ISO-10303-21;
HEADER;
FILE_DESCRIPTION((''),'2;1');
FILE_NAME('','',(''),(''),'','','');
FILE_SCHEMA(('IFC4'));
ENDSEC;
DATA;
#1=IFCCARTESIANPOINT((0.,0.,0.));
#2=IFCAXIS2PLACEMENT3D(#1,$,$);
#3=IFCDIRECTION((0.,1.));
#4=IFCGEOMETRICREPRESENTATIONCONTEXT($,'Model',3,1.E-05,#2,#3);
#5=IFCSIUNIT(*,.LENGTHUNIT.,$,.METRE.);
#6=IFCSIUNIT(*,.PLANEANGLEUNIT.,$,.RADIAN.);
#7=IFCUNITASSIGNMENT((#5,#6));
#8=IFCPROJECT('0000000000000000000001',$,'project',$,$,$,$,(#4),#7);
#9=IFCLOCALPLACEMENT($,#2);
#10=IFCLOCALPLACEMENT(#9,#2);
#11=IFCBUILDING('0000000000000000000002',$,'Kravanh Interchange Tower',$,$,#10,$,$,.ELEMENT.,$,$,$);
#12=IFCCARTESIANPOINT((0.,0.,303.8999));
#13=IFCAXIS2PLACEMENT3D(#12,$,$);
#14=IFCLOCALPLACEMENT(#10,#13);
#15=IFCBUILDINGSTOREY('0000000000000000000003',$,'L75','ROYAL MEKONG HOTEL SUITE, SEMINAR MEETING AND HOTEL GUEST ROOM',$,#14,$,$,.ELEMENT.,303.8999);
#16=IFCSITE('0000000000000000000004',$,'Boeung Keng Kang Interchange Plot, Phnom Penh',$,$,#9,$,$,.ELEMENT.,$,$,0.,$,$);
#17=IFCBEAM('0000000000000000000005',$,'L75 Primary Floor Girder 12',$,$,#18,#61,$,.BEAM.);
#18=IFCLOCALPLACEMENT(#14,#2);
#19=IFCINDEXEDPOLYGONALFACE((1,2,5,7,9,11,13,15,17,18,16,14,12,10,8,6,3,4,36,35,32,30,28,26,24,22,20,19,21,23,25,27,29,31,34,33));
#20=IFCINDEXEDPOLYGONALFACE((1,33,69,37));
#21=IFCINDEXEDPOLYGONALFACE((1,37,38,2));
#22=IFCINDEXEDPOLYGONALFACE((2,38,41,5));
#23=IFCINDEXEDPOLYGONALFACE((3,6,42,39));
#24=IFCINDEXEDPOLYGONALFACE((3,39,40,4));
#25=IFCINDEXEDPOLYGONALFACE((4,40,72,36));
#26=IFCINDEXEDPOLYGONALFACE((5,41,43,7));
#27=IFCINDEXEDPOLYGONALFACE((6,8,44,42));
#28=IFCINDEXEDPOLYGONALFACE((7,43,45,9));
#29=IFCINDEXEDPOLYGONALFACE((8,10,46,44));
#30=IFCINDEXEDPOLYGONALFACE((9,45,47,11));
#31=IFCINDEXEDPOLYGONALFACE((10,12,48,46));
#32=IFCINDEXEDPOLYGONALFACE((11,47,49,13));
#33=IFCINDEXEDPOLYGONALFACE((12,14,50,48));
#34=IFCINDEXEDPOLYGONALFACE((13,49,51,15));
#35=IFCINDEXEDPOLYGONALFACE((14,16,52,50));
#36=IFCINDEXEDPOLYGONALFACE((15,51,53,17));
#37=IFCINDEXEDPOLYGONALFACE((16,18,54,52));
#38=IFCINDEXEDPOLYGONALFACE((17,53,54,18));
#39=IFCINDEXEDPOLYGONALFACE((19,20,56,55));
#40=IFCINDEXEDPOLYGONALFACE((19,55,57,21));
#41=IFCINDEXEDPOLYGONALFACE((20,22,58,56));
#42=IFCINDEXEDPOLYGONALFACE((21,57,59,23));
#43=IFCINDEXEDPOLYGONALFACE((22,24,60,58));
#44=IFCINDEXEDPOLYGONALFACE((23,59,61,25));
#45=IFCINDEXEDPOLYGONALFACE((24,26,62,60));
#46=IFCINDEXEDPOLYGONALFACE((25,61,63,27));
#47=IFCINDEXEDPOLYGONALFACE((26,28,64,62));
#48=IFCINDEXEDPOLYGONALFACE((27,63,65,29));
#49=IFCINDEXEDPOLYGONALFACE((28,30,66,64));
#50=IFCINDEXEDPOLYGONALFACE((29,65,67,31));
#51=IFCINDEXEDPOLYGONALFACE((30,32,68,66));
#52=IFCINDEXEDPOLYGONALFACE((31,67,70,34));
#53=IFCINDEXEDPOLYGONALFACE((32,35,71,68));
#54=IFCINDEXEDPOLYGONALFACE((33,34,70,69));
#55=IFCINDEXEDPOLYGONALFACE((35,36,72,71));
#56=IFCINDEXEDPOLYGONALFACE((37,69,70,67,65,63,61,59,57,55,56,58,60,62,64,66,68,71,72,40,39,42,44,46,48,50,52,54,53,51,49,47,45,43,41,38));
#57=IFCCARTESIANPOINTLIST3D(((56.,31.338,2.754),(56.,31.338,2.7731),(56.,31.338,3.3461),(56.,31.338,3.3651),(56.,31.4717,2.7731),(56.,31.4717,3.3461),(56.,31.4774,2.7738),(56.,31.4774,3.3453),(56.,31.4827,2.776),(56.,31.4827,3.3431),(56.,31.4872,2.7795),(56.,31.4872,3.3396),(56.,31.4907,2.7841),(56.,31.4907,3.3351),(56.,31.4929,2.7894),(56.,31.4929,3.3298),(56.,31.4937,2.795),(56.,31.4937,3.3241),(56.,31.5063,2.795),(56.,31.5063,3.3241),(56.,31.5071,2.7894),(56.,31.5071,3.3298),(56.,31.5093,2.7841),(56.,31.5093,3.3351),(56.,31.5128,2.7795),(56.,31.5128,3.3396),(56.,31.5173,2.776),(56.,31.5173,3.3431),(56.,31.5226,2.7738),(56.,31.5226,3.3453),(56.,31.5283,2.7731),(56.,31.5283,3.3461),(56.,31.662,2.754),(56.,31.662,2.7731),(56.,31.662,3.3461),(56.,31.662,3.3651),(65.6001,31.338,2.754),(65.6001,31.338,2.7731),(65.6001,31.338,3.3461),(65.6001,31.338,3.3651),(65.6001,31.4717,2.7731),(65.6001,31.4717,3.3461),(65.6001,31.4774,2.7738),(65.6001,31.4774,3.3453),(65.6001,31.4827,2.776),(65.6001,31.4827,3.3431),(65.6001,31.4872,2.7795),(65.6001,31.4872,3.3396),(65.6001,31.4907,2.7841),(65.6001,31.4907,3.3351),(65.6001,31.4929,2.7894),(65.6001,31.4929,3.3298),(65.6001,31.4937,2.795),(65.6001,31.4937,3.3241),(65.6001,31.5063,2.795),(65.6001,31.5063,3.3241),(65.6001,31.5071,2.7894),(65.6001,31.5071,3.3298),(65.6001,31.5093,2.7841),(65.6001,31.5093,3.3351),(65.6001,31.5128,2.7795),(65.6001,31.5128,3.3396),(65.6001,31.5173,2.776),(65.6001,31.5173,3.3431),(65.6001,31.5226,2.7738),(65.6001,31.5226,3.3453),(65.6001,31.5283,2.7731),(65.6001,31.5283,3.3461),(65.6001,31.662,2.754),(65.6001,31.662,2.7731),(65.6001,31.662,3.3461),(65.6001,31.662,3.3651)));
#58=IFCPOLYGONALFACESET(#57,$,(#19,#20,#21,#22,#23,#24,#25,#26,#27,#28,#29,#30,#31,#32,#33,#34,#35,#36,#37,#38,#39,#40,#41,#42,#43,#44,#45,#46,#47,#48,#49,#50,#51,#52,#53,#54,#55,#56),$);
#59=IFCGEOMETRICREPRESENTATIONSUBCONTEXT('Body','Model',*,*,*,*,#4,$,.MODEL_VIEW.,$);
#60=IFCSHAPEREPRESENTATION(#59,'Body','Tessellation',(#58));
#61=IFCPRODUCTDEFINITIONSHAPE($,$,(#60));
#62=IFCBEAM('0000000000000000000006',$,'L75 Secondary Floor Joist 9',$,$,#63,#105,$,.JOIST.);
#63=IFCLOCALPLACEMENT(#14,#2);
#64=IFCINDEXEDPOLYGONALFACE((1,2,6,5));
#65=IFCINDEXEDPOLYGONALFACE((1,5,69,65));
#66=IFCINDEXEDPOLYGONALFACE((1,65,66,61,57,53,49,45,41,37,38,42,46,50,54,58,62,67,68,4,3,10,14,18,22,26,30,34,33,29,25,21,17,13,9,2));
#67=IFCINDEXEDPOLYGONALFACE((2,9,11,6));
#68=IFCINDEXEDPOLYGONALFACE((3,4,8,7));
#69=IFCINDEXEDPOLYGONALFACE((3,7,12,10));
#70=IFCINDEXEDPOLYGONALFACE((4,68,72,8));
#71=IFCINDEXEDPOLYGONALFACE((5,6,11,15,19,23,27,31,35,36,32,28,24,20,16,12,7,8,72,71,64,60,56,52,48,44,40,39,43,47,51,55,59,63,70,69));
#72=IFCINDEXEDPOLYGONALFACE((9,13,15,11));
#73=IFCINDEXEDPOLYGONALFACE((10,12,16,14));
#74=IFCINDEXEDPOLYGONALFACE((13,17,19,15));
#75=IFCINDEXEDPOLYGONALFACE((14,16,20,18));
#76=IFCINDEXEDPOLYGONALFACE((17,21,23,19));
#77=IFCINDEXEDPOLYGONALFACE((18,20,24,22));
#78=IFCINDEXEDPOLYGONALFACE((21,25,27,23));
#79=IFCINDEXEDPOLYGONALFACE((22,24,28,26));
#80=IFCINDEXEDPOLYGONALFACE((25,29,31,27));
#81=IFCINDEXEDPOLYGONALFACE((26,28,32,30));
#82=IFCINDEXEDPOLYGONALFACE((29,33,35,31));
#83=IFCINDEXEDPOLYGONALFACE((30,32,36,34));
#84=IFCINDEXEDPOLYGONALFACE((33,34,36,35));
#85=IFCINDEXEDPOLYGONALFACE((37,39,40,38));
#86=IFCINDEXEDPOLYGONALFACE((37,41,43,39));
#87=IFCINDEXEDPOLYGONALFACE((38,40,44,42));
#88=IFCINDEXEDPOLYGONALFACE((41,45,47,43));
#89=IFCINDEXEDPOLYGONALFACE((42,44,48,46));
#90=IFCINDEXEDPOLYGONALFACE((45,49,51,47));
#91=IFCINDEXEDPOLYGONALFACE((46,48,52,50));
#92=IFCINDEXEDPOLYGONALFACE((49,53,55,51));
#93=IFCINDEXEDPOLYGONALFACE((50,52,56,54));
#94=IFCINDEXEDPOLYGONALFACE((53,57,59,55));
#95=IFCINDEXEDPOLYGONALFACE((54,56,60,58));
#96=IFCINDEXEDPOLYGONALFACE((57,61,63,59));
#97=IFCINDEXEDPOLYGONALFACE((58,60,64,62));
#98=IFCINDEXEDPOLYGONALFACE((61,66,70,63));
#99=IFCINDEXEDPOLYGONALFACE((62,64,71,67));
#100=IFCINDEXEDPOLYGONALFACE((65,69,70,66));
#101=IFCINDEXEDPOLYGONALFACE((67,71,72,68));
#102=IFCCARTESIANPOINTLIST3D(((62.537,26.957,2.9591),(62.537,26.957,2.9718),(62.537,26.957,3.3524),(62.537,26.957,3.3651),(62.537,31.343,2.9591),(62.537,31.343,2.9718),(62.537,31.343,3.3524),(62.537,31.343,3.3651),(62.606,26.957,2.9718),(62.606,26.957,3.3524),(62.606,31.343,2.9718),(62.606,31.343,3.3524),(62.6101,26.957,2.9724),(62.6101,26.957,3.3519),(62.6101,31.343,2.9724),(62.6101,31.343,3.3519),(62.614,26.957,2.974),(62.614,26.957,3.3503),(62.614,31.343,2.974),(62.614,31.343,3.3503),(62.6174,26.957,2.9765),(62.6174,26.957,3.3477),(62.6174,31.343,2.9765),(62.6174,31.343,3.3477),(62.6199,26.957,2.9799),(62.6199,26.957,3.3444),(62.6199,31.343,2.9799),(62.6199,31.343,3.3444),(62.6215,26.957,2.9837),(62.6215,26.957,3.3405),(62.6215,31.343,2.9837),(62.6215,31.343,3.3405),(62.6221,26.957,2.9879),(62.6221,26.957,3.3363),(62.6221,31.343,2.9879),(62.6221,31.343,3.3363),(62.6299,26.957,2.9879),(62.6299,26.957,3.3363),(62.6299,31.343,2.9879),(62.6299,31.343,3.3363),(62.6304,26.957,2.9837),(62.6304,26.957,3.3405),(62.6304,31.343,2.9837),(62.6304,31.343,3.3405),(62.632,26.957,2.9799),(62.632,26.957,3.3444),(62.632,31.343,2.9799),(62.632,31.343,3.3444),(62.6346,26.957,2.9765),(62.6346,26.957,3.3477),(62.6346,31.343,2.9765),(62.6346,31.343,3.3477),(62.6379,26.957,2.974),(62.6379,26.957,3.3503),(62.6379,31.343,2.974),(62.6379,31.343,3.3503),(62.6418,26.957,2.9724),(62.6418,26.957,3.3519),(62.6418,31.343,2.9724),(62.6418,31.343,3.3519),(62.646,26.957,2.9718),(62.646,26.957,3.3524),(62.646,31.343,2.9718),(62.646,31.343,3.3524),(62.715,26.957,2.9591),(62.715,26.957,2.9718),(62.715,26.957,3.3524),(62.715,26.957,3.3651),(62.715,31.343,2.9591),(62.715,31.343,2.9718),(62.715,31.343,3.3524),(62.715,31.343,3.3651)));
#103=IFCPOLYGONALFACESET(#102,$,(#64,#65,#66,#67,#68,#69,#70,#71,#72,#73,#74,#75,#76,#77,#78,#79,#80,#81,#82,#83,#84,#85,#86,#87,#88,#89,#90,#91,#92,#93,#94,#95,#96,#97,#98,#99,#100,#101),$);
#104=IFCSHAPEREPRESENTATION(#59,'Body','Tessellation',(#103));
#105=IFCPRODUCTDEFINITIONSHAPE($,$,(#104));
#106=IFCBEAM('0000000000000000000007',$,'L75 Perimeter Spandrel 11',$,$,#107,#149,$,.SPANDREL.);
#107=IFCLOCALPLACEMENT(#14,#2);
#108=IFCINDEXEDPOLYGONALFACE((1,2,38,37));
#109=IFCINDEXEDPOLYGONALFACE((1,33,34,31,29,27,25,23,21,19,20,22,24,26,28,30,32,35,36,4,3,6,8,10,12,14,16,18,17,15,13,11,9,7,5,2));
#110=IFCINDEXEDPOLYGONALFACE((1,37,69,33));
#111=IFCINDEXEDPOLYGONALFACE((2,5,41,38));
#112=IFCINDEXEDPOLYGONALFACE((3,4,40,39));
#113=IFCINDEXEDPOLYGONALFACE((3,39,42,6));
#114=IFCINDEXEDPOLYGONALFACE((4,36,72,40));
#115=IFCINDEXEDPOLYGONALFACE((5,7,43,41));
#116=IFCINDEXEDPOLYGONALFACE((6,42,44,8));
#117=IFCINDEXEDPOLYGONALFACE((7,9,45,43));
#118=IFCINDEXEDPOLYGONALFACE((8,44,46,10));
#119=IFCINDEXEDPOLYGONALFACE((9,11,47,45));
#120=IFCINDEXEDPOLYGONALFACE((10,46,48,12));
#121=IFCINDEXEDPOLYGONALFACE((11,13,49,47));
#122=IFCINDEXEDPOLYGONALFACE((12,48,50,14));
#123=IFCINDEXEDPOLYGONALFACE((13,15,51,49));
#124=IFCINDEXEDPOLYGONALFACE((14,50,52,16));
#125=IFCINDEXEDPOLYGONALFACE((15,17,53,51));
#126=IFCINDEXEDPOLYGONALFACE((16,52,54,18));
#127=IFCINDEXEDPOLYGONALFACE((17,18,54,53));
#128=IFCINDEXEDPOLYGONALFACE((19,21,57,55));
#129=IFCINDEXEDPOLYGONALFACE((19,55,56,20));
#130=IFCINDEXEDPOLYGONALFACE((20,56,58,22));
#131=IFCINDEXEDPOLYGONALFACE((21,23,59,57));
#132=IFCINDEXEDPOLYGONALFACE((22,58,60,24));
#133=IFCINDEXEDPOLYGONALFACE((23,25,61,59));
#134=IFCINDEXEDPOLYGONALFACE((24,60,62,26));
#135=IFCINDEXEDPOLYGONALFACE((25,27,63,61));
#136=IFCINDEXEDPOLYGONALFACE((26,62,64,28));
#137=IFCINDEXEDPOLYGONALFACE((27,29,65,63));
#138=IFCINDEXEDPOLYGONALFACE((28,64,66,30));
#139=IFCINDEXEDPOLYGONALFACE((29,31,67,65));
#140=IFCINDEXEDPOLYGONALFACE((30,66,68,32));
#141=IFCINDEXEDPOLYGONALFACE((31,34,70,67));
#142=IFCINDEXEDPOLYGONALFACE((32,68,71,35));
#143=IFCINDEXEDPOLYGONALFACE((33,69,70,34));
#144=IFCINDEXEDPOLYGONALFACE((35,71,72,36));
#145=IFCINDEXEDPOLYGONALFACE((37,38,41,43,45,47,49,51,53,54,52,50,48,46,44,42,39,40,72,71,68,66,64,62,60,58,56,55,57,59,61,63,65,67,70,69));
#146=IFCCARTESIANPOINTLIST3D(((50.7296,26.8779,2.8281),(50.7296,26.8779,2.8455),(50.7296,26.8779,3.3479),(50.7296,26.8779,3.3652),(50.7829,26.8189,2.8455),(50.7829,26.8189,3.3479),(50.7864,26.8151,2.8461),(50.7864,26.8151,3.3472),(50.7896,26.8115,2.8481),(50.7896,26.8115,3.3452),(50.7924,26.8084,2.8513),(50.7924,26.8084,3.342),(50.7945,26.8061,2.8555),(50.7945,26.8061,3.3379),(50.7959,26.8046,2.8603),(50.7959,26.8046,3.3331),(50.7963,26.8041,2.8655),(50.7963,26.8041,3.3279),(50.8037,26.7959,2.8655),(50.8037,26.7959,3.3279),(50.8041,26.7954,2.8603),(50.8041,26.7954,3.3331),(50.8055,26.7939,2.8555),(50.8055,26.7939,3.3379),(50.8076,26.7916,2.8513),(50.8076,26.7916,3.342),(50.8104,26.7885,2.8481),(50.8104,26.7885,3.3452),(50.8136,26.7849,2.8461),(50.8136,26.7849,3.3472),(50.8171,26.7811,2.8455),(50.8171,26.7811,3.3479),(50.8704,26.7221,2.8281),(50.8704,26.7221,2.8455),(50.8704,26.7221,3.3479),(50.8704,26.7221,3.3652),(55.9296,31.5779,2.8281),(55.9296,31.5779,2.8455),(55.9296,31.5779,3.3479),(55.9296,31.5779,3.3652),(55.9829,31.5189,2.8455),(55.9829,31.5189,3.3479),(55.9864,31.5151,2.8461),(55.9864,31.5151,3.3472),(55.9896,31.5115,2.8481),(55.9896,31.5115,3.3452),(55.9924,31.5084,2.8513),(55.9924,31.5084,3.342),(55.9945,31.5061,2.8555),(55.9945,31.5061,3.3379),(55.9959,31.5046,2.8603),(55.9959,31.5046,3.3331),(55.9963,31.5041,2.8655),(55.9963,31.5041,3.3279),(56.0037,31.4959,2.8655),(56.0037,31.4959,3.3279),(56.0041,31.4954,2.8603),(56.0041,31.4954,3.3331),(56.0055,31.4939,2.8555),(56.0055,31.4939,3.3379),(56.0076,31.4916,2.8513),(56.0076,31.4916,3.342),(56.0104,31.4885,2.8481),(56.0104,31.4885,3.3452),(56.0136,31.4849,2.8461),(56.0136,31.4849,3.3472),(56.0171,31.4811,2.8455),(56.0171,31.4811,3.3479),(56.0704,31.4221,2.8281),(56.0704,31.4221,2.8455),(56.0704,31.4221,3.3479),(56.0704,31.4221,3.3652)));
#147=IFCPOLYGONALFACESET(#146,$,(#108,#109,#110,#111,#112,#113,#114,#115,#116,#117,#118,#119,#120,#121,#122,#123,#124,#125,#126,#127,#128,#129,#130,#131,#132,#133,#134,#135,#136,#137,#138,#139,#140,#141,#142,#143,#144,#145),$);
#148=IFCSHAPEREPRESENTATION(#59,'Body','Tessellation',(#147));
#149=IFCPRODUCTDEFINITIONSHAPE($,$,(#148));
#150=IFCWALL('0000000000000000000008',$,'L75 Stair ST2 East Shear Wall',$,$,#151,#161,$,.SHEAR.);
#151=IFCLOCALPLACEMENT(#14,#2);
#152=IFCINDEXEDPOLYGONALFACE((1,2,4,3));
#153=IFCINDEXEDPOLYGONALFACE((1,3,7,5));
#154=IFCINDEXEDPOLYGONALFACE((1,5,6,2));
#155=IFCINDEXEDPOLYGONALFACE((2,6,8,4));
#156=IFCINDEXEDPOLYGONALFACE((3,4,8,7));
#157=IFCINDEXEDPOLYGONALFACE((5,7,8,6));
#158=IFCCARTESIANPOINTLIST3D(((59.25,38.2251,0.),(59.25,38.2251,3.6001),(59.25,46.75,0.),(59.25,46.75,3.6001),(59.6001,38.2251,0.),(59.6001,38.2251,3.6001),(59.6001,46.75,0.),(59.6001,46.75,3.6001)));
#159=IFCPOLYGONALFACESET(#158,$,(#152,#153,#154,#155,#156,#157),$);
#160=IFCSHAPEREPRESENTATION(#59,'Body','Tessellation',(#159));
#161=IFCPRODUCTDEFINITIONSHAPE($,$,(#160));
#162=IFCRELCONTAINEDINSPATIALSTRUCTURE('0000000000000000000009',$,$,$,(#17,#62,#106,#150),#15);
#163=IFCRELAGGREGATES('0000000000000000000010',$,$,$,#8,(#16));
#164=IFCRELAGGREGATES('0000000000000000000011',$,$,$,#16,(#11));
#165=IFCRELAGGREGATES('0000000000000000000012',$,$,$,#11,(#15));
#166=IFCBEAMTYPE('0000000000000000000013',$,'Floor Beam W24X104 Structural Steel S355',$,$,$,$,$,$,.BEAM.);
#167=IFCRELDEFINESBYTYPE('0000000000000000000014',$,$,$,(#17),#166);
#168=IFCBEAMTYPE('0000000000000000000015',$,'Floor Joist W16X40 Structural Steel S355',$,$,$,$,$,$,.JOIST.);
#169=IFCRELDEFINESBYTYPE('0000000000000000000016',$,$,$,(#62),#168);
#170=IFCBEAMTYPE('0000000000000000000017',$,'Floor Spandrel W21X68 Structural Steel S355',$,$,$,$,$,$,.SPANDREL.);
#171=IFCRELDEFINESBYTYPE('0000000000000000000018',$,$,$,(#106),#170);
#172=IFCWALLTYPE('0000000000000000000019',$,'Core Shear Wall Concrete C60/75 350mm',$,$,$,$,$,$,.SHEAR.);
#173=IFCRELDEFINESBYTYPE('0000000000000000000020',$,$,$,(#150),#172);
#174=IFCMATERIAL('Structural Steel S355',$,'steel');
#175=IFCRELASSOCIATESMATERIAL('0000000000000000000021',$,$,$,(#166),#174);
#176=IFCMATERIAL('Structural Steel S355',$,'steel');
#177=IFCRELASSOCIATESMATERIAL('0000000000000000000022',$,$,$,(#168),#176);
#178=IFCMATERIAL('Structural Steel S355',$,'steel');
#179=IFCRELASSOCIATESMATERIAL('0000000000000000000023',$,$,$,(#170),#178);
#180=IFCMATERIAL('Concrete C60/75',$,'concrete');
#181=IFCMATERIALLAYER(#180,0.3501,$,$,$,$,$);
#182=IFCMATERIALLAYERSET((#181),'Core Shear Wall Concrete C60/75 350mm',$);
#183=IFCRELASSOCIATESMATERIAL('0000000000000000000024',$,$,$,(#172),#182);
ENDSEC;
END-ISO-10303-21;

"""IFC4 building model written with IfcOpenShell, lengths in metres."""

from ifc_helpers import new_model, si_unit, direction, frame, frame_2d, origin, origin_2d, place, context, subcontext, project, spatial, rectangle, i_section, extrude, material, layer, layer_set, material_profile, profile_set, type_object, element, save


model = new_model("IFC4")

# Units and contexts
model_context = context("Model", 3, precision=1e-05, world=origin(), true_north=direction((0.0, 1.0)))
body_context = subcontext(model_context, "Body", "Model", "MODEL_VIEW")
ifc_project = project(units=[si_unit("LENGTHUNIT", "METRE"), si_unit("PLANEANGLEUNIT", "RADIAN")], contexts=[model_context])

# Site, building, storey
site_placement = place(None, origin())
site = spatial("IfcSite", under=ifc_project, at=site_placement, Name="Boeung Keng Kang Interchange Plot, Phnom Penh", CompositionType="ELEMENT", RefElevation=0.0)
building_placement = place(site_placement, origin())
building = spatial("IfcBuilding", under=site, at=building_placement, Name="Kravanh Interchange Tower", CompositionType="ELEMENT")
storey_placement = place(building_placement, frame((0.0, 0.0, 303.8999)))
storey = spatial("IfcBuildingStorey", under=building, at=storey_placement, Name="L75", Description="ROYAL MEKONG HOTEL SUITE, SEMINAR MEETING AND HOTEL GUEST ROOM", CompositionType="ELEMENT", Elevation=303.8999)

# Beams
ifc_material_1 = material(Name="Structural Steel S355", Category="steel")
ifc_material_profile_1 = material_profile(ifc_material_1, i_section(OverallWidth=0.324, OverallDepth=0.6111, WebThickness=0.0127, FlangeThickness=0.019, FilletRadius=0.022, at=origin_2d()), Name="W24X104")
ifc_profile_set_1 = profile_set([ifc_material_profile_1], Name="Structural Steel S355")
beam_type_1 = type_object("IfcBeamType", Name="Floor Beam W24X104 Structural Steel S355", PredefinedType="BEAM", material=ifc_profile_set_1)
beam_1_placement = place(storey_placement, frame((56.0, 31.5, 3.0596), z_axis=(1.0, 0.0, 0.0), x_axis=(0.0, 1.0, 0.0)))
element("IfcBeam", 1, at=beam_1_placement, inside=storey, type_object=beam_type_1, Name="L75 Primary Floor Girder 12", PredefinedType="BEAM", context=body_context, shape_type="SweptSolid", body=[
    extrude(i_section(OverallWidth=0.324, OverallDepth=0.6111, WebThickness=0.0127, FlangeThickness=0.019, FilletRadius=0.022, at=origin_2d()), origin(), (0.0, 0.0, 1.0), 9.6001),
])
ifc_material_2 = material(Name="Structural Steel S355", Category="steel")
ifc_material_profile_2 = material_profile(ifc_material_2, i_section(OverallWidth=0.178, OverallDepth=0.406, WebThickness=0.0078, FlangeThickness=0.0127, FilletRadius=0.0161, at=origin_2d()), Name="W16X40")
ifc_profile_set_2 = profile_set([ifc_material_profile_2], Name="Structural Steel S355")
beam_type_2 = type_object("IfcBeamType", Name="Floor Joist W16X40 Structural Steel S355", PredefinedType="JOIST", material=ifc_profile_set_2)
beam_2_placement = place(storey_placement, frame((62.626, 26.957, 3.1621), z_axis=(0.0, 1.0, 0.0), x_axis=(-1.0, 0.0, 0.0)))
element("IfcBeam", 2, at=beam_2_placement, inside=storey, type_object=beam_type_2, Name="L75 Secondary Floor Joist 9", PredefinedType="JOIST", context=body_context, shape_type="SweptSolid", body=[
    extrude(i_section(OverallWidth=0.178, OverallDepth=0.406, WebThickness=0.0078, FlangeThickness=0.0127, FilletRadius=0.0161, at=origin_2d()), origin(), (0.0, 0.0, 1.0), 4.386),
])
ifc_material_3 = material(Name="Structural Steel S355", Category="steel")
ifc_material_profile_3 = material_profile(ifc_material_3, i_section(OverallWidth=0.21, OverallDepth=0.5371, WebThickness=0.011, FlangeThickness=0.0173, FilletRadius=0.02, at=origin_2d()), Name="W21X68")
ifc_profile_set_3 = profile_set([ifc_material_profile_3], Name="Structural Steel S355")
beam_type_3 = type_object("IfcBeamType", Name="Floor Spandrel W21X68 Structural Steel S355", PredefinedType="SPANDREL", material=ifc_profile_set_3)
beam_3_placement = place(storey_placement, frame((56.0, 31.5, 3.0967), z_axis=(-0.741874, -0.670539, 0.0), x_axis=(0.670539, -0.741874, 0.0)))
element("IfcBeam", 3, at=beam_3_placement, inside=storey, type_object=beam_type_3, Name="L75 Perimeter Spandrel 11", PredefinedType="SPANDREL", context=body_context, shape_type="SweptSolid", body=[
    extrude(i_section(OverallWidth=0.21, OverallDepth=0.5371, WebThickness=0.011, FlangeThickness=0.0173, FilletRadius=0.02, at=origin_2d()), origin(), (0.0, 0.0, 1.0), 7.0093),
])

# Wall
ifc_material_4 = material(Name="Concrete C60/75", Category="concrete")
ifc_layer_1 = layer(ifc_material_4, 0.3501)
ifc_layer_set_1 = layer_set([ifc_layer_1], Name="Core Shear Wall Concrete C60/75 350mm")
wall_type_1 = type_object("IfcWallType", Name="Core Shear Wall Concrete C60/75 350mm", PredefinedType="SHEAR", material=ifc_layer_set_1)
wall_1_placement = place(storey_placement, frame((59.425, 38.2251, 0.0), z_axis=(0.0, 0.0, 1.0), x_axis=(0.0, 1.0, 0.0)))
element("IfcWall", 4, at=wall_1_placement, inside=storey, type_object=wall_type_1, Name="L75 Stair ST2 East Shear Wall", PredefinedType="SHEAR", context=body_context, shape_type="SweptSolid", body=[
    extrude(rectangle(XDim=8.5249, YDim=0.3501, at=frame_2d((4.2625, 0.0))), origin(), (0.0, 0.0, 1.0), 3.6001),
])

save(model, "model.ifc")
